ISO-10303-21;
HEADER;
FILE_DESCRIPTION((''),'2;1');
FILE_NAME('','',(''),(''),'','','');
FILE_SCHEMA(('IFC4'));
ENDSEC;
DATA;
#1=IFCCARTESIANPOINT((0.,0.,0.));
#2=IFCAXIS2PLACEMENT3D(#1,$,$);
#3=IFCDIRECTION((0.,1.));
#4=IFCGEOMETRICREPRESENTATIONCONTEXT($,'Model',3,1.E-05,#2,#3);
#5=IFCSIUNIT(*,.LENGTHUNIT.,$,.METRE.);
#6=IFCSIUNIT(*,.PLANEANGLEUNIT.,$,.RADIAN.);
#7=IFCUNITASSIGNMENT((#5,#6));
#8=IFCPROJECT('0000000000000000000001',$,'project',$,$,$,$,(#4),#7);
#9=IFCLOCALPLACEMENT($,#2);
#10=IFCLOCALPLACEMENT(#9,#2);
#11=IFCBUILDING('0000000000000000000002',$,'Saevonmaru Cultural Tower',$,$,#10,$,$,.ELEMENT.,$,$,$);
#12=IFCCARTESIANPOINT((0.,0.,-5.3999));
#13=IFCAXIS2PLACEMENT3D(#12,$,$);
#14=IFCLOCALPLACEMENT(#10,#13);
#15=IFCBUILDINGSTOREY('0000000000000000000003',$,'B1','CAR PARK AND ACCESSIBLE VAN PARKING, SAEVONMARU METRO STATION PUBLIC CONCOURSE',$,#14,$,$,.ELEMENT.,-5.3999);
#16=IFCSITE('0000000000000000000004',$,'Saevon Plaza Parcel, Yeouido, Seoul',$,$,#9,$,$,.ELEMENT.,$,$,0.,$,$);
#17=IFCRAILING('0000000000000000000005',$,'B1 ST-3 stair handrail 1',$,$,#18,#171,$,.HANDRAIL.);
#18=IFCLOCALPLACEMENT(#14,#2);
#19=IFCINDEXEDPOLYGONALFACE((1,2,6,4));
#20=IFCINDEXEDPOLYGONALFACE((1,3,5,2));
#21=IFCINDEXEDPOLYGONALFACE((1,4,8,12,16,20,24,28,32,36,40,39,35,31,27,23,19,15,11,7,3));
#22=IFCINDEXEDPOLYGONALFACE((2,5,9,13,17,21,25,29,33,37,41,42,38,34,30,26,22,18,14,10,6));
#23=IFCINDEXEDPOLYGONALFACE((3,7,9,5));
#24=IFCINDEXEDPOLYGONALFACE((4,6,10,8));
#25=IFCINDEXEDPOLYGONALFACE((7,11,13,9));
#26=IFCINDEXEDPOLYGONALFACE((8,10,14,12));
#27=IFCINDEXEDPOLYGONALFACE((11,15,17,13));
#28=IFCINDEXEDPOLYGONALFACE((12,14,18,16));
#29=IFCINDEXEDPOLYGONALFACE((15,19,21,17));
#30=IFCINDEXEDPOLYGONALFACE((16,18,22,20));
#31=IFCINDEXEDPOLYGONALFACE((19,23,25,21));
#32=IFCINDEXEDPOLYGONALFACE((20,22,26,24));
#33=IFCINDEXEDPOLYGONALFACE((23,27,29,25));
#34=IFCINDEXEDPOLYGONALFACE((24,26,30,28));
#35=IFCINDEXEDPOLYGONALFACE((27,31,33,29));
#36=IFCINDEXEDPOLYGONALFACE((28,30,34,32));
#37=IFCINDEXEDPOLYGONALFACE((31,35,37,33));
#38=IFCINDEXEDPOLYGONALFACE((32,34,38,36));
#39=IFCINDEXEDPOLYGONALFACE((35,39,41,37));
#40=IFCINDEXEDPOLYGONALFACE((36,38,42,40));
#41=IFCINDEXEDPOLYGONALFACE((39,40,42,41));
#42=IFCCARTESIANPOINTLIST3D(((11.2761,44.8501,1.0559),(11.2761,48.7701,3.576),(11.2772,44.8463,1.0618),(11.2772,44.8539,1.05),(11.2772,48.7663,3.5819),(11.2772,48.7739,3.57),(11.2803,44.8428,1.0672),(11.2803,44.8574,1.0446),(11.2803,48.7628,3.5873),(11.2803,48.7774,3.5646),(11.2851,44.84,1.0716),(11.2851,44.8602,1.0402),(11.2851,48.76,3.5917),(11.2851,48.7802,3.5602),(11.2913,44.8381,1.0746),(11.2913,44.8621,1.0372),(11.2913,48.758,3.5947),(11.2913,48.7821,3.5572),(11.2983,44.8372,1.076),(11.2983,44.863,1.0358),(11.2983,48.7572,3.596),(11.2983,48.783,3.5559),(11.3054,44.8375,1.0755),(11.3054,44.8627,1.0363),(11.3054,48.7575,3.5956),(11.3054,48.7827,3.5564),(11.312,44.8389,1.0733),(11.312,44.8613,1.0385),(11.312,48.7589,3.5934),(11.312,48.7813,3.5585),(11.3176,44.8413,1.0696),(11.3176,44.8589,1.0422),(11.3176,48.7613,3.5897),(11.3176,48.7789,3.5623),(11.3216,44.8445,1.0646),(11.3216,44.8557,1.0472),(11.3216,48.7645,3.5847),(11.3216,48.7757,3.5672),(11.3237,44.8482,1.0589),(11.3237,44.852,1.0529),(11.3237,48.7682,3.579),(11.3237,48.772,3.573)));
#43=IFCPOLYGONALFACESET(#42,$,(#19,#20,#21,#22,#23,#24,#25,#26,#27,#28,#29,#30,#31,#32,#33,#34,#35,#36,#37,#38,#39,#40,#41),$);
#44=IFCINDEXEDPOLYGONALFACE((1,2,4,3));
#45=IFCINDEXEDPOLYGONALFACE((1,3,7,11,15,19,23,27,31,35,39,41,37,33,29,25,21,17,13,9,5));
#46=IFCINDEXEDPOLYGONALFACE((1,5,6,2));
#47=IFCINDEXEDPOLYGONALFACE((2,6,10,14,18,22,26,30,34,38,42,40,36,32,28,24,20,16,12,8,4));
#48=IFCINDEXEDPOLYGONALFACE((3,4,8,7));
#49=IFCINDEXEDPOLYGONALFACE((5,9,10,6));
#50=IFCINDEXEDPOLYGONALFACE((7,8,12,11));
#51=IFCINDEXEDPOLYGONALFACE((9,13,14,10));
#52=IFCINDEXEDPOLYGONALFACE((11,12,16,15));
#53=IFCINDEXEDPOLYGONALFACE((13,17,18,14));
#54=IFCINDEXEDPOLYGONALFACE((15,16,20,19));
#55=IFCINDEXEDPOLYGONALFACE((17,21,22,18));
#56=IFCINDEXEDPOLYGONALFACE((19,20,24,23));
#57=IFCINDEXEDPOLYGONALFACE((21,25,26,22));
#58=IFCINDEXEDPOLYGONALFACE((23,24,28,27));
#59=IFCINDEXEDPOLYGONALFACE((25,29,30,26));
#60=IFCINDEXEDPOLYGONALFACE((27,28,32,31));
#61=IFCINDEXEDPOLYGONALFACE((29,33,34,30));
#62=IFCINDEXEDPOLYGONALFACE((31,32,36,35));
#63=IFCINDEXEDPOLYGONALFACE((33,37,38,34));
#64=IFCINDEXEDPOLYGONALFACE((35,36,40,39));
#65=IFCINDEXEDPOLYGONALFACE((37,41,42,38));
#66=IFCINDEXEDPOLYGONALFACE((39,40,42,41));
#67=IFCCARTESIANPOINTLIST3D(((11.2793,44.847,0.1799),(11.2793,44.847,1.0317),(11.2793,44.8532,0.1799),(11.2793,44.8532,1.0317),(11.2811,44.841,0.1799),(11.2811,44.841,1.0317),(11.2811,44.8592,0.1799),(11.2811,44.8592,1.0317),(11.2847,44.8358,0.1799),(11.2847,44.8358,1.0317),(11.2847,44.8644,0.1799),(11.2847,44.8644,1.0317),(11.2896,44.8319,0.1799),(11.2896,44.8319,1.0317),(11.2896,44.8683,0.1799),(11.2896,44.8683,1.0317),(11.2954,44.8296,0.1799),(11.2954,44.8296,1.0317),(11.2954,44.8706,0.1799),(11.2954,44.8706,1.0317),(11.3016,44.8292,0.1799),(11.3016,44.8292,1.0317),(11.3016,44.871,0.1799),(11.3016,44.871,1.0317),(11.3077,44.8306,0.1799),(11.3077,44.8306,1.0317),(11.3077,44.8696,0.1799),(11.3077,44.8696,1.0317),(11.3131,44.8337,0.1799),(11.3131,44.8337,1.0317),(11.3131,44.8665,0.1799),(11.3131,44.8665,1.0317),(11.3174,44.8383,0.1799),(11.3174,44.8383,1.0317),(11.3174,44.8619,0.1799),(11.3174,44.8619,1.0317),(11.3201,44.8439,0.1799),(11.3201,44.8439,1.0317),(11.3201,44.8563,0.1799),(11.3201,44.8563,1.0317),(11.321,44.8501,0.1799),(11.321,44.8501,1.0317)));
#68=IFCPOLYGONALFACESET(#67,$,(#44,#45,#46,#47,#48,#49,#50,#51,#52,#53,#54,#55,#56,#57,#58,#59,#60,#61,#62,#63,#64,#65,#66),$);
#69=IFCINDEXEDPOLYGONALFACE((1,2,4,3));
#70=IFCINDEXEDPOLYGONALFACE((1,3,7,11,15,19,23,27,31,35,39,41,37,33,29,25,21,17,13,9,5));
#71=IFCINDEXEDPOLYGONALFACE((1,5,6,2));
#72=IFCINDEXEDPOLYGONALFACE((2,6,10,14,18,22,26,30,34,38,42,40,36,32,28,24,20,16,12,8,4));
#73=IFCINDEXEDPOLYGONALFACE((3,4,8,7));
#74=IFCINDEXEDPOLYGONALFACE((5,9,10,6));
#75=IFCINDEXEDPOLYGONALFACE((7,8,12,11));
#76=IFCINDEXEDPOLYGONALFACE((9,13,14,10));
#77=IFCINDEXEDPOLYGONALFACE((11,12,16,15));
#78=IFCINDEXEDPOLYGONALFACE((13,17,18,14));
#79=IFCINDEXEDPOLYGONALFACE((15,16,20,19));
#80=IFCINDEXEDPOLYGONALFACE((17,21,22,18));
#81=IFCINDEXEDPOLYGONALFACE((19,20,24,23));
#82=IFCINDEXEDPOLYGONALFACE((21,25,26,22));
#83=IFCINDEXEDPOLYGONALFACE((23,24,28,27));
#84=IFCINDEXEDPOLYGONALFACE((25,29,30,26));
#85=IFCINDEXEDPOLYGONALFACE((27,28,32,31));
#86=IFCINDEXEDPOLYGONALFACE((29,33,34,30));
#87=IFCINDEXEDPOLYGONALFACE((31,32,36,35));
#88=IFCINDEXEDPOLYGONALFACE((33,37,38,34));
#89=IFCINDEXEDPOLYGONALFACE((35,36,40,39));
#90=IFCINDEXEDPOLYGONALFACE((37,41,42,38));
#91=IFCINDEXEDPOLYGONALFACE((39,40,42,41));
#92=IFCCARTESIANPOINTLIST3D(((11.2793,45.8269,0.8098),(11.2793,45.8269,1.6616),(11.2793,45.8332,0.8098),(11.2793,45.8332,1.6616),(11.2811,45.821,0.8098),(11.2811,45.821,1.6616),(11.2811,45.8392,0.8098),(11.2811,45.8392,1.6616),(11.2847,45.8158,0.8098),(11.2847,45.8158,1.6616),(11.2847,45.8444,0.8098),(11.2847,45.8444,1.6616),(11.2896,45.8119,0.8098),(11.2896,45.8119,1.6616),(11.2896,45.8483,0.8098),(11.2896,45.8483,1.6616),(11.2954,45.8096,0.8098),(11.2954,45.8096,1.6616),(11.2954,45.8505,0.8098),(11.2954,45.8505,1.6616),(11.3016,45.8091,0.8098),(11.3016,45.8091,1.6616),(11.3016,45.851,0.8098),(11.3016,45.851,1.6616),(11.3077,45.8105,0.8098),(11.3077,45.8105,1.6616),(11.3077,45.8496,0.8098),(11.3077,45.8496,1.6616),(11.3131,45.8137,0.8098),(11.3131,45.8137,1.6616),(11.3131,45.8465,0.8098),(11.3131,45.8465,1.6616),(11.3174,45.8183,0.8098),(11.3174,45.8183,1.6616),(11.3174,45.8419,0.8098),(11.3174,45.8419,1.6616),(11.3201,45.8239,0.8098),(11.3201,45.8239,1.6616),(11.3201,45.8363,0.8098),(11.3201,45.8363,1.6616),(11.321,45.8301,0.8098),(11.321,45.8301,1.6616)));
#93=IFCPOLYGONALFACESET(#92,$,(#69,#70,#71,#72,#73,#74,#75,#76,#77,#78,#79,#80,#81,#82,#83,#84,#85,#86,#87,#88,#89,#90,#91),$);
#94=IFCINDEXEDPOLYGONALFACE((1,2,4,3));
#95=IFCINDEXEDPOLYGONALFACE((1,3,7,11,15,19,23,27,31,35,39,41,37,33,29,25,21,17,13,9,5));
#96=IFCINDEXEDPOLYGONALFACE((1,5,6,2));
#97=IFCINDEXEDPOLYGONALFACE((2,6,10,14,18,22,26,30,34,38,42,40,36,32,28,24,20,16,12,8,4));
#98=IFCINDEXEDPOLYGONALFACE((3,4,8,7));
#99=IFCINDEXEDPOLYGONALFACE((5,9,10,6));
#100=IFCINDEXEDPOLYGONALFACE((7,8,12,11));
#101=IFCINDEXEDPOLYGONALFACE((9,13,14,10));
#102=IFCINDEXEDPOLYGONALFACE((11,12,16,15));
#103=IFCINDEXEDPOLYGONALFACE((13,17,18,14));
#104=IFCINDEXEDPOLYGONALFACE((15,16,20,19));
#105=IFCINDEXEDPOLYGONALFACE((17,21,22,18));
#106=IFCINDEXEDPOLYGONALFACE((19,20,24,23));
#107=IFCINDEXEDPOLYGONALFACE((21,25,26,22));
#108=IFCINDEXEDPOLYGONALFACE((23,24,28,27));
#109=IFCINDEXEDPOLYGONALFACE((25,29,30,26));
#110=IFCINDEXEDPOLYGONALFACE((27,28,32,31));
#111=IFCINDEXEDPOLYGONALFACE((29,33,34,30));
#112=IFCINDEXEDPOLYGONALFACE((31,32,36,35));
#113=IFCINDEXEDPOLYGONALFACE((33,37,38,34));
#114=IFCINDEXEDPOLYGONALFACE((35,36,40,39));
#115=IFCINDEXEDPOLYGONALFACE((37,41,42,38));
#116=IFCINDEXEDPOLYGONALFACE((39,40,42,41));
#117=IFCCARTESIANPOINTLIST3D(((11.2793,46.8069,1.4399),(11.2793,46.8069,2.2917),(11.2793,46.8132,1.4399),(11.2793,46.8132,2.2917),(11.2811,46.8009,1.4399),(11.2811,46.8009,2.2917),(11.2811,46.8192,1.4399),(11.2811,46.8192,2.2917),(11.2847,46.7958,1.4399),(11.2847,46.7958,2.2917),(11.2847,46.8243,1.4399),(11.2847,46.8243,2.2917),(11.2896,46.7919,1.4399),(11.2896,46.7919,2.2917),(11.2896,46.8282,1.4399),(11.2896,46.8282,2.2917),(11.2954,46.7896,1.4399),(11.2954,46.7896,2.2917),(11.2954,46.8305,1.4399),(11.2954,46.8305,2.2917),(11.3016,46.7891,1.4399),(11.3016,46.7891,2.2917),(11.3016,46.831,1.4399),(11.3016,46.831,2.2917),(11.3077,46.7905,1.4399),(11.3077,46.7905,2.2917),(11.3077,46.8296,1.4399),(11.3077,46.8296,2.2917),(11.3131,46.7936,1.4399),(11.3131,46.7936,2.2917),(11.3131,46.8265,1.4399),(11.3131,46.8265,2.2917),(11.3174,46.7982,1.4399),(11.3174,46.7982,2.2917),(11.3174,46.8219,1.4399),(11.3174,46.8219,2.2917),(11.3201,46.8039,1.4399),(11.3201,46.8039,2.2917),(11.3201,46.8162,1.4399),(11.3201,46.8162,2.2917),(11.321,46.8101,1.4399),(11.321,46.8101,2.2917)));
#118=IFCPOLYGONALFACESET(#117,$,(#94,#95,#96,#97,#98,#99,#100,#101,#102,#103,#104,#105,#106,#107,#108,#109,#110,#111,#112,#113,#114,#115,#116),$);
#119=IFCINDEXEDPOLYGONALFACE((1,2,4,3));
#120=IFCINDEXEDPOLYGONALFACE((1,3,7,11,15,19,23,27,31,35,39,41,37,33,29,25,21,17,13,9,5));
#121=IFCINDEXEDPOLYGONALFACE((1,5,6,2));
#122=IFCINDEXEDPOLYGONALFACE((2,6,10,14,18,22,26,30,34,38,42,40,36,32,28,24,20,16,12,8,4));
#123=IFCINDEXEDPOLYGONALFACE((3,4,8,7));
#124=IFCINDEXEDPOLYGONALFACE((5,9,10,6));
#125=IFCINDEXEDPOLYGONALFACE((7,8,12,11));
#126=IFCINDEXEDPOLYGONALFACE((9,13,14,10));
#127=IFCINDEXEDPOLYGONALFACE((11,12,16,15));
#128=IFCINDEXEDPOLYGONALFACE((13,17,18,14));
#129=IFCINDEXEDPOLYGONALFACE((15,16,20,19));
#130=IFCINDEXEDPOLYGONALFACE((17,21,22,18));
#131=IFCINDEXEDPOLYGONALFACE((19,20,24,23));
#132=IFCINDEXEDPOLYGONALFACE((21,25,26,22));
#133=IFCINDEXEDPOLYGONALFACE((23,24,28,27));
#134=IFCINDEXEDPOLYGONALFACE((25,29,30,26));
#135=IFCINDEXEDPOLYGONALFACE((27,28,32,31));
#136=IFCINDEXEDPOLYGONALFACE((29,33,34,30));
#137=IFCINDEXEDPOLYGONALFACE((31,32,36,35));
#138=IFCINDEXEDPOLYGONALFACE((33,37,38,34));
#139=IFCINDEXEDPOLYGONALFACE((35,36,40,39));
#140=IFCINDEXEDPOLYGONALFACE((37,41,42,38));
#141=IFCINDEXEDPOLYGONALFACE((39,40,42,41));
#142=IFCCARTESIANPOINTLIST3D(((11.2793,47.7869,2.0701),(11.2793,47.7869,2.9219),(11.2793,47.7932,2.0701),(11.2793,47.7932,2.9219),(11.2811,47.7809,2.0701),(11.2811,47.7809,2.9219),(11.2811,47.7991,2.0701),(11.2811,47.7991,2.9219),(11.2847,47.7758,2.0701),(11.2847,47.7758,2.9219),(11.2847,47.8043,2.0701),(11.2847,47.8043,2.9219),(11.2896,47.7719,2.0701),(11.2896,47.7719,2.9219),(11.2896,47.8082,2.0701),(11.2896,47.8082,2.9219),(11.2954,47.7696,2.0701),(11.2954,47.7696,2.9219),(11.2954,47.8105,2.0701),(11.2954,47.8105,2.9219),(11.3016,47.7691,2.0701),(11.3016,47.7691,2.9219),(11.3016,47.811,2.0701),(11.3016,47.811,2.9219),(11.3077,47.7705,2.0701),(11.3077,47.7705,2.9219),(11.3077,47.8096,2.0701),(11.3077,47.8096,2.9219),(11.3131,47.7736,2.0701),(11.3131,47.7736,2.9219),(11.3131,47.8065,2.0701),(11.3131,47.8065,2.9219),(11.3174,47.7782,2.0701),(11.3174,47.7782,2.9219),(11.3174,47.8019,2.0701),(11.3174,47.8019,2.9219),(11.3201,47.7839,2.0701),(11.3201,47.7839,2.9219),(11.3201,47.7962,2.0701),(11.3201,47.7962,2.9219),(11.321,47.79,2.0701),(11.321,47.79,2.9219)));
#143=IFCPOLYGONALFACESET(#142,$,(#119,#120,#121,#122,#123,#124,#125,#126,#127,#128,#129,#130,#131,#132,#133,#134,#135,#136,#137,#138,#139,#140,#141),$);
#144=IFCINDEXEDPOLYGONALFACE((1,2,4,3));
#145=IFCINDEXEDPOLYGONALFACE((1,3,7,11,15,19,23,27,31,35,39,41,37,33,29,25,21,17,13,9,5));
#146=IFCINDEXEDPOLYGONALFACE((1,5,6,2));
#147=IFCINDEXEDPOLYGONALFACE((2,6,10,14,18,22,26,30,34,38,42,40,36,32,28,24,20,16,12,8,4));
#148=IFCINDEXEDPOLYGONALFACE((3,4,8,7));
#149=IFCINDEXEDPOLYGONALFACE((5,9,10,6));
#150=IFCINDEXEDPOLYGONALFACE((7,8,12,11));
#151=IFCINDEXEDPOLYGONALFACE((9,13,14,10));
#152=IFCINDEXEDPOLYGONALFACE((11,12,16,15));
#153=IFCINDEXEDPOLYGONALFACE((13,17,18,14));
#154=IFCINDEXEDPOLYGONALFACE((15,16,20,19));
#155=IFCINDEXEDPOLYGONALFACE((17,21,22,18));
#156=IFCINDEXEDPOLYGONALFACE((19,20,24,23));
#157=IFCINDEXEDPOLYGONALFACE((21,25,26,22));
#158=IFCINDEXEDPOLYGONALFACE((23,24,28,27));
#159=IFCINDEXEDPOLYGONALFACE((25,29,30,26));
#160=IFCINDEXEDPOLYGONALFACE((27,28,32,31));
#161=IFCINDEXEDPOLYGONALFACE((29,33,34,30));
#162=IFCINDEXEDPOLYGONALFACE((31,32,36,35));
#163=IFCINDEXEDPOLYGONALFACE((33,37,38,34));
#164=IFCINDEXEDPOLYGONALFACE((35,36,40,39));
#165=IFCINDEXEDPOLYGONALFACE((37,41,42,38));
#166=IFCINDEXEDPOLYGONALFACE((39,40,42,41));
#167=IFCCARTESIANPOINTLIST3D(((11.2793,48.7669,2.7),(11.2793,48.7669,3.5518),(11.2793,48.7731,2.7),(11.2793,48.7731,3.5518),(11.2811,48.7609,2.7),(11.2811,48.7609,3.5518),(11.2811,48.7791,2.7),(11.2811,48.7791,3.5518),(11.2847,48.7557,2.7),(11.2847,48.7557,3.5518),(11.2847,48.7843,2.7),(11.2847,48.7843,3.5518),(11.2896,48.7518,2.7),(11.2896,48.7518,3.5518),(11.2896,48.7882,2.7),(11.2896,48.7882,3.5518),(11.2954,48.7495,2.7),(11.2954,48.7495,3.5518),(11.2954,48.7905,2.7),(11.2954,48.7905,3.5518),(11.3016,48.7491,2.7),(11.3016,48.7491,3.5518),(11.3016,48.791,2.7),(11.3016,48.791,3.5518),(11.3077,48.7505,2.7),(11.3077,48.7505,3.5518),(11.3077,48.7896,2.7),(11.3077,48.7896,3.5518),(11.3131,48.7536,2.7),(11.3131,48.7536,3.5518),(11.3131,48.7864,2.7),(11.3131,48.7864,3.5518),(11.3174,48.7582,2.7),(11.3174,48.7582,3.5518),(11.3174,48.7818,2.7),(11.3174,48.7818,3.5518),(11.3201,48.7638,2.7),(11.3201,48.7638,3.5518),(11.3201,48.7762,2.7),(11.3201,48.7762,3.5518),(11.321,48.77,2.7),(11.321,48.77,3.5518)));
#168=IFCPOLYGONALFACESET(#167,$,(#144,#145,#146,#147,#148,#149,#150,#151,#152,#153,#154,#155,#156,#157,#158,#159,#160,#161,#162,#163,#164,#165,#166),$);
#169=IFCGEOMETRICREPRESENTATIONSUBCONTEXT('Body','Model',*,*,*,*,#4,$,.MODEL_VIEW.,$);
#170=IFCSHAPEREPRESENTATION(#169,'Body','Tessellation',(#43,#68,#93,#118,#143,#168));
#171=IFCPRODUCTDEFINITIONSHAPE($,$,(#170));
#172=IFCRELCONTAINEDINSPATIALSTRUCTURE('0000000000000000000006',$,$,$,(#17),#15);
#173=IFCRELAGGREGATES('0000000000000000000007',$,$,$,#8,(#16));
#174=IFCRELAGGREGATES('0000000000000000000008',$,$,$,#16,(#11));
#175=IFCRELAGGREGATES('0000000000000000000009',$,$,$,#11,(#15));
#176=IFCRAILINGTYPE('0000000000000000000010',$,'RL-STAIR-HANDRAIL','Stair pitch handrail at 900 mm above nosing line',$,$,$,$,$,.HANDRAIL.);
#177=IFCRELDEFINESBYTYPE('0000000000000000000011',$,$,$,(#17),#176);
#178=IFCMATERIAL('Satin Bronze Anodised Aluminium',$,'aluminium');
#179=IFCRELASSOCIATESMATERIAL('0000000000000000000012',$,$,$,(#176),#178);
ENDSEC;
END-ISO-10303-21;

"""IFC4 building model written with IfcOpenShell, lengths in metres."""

from ifc_helpers import new_model, si_unit, direction, frame, origin, origin_2d, place, context, subcontext, project, spatial, circle, extrude, material, type_object, element, save


model = new_model("IFC4")

# Units and contexts
model_context = context("Model", 3, precision=1e-05, world=origin(), true_north=direction((0.0, 1.0)))
body_context = subcontext(model_context, "Body", "Model", "MODEL_VIEW")
ifc_project = project(units=[si_unit("LENGTHUNIT", "METRE"), si_unit("PLANEANGLEUNIT", "RADIAN")], contexts=[model_context])

# Site, building, storey
site_placement = place(None, origin())
site = spatial("IfcSite", under=ifc_project, at=site_placement, Name="Saevon Plaza Parcel, Yeouido, Seoul", CompositionType="ELEMENT", RefElevation=0.0)
building_placement = place(site_placement, origin())
building = spatial("IfcBuilding", under=site, at=building_placement, Name="Saevonmaru Cultural Tower", CompositionType="ELEMENT")
storey_placement = place(building_placement, frame((0.0, 0.0, -5.3999)))
storey = spatial("IfcBuildingStorey", under=building, at=storey_placement, Name="B1", Description="CAR PARK AND ACCESSIBLE VAN PARKING, SAEVONMARU METRO STATION PUBLIC CONCOURSE", CompositionType="ELEMENT", Elevation=-5.3999)

# Shared definitions
ifc_material_1 = material(Name="Satin Bronze Anodised Aluminium", Category="aluminium")

# Railing
railing_type_1 = type_object("IfcRailingType", Name="RL-STAIR-HANDRAIL", Description="Stair pitch handrail at 900 mm above nosing line", PredefinedType="HANDRAIL", material=ifc_material_1)
railing_1_placement = place(storey_placement, frame((11.3, 44.8501, 0.1799)))
element("IfcRailing", 1, at=railing_1_placement, inside=storey, type_object=railing_type_1, Name="B1 ST-3 stair handrail 1", PredefinedType="HANDRAIL", context=body_context, shape_type="SweptSolid", body=[
    extrude(circle(Radius=0.0239, at=origin_2d()), frame((0.0, 0.0, 0.876), z_axis=(0.0, 0.841172, 0.540768), x_axis=(-1.0, 0.0, 0.0)), (0.0, 0.0, 1.0), 4.6602),
    extrude(circle(Radius=0.021, at=origin_2d()), origin(), (0.0, 0.0, 1.0), 0.8518),
    extrude(circle(Radius=0.021, at=origin_2d()), frame((0.0, 0.98, 0.6299)), (0.0, 0.0, 1.0), 0.8518),
    extrude(circle(Radius=0.021, at=origin_2d()), frame((0.0, 1.96, 1.26)), (0.0, 0.0, 1.0), 0.8518),
    extrude(circle(Radius=0.021, at=origin_2d()), frame((0.0, 2.9399, 1.8901)), (0.0, 0.0, 1.0), 0.8518),
    extrude(circle(Radius=0.021, at=origin_2d()), frame((0.0, 3.9199, 2.52)), (0.0, 0.0, 1.0), 0.8518),
])

save(model, "model.ifc")
